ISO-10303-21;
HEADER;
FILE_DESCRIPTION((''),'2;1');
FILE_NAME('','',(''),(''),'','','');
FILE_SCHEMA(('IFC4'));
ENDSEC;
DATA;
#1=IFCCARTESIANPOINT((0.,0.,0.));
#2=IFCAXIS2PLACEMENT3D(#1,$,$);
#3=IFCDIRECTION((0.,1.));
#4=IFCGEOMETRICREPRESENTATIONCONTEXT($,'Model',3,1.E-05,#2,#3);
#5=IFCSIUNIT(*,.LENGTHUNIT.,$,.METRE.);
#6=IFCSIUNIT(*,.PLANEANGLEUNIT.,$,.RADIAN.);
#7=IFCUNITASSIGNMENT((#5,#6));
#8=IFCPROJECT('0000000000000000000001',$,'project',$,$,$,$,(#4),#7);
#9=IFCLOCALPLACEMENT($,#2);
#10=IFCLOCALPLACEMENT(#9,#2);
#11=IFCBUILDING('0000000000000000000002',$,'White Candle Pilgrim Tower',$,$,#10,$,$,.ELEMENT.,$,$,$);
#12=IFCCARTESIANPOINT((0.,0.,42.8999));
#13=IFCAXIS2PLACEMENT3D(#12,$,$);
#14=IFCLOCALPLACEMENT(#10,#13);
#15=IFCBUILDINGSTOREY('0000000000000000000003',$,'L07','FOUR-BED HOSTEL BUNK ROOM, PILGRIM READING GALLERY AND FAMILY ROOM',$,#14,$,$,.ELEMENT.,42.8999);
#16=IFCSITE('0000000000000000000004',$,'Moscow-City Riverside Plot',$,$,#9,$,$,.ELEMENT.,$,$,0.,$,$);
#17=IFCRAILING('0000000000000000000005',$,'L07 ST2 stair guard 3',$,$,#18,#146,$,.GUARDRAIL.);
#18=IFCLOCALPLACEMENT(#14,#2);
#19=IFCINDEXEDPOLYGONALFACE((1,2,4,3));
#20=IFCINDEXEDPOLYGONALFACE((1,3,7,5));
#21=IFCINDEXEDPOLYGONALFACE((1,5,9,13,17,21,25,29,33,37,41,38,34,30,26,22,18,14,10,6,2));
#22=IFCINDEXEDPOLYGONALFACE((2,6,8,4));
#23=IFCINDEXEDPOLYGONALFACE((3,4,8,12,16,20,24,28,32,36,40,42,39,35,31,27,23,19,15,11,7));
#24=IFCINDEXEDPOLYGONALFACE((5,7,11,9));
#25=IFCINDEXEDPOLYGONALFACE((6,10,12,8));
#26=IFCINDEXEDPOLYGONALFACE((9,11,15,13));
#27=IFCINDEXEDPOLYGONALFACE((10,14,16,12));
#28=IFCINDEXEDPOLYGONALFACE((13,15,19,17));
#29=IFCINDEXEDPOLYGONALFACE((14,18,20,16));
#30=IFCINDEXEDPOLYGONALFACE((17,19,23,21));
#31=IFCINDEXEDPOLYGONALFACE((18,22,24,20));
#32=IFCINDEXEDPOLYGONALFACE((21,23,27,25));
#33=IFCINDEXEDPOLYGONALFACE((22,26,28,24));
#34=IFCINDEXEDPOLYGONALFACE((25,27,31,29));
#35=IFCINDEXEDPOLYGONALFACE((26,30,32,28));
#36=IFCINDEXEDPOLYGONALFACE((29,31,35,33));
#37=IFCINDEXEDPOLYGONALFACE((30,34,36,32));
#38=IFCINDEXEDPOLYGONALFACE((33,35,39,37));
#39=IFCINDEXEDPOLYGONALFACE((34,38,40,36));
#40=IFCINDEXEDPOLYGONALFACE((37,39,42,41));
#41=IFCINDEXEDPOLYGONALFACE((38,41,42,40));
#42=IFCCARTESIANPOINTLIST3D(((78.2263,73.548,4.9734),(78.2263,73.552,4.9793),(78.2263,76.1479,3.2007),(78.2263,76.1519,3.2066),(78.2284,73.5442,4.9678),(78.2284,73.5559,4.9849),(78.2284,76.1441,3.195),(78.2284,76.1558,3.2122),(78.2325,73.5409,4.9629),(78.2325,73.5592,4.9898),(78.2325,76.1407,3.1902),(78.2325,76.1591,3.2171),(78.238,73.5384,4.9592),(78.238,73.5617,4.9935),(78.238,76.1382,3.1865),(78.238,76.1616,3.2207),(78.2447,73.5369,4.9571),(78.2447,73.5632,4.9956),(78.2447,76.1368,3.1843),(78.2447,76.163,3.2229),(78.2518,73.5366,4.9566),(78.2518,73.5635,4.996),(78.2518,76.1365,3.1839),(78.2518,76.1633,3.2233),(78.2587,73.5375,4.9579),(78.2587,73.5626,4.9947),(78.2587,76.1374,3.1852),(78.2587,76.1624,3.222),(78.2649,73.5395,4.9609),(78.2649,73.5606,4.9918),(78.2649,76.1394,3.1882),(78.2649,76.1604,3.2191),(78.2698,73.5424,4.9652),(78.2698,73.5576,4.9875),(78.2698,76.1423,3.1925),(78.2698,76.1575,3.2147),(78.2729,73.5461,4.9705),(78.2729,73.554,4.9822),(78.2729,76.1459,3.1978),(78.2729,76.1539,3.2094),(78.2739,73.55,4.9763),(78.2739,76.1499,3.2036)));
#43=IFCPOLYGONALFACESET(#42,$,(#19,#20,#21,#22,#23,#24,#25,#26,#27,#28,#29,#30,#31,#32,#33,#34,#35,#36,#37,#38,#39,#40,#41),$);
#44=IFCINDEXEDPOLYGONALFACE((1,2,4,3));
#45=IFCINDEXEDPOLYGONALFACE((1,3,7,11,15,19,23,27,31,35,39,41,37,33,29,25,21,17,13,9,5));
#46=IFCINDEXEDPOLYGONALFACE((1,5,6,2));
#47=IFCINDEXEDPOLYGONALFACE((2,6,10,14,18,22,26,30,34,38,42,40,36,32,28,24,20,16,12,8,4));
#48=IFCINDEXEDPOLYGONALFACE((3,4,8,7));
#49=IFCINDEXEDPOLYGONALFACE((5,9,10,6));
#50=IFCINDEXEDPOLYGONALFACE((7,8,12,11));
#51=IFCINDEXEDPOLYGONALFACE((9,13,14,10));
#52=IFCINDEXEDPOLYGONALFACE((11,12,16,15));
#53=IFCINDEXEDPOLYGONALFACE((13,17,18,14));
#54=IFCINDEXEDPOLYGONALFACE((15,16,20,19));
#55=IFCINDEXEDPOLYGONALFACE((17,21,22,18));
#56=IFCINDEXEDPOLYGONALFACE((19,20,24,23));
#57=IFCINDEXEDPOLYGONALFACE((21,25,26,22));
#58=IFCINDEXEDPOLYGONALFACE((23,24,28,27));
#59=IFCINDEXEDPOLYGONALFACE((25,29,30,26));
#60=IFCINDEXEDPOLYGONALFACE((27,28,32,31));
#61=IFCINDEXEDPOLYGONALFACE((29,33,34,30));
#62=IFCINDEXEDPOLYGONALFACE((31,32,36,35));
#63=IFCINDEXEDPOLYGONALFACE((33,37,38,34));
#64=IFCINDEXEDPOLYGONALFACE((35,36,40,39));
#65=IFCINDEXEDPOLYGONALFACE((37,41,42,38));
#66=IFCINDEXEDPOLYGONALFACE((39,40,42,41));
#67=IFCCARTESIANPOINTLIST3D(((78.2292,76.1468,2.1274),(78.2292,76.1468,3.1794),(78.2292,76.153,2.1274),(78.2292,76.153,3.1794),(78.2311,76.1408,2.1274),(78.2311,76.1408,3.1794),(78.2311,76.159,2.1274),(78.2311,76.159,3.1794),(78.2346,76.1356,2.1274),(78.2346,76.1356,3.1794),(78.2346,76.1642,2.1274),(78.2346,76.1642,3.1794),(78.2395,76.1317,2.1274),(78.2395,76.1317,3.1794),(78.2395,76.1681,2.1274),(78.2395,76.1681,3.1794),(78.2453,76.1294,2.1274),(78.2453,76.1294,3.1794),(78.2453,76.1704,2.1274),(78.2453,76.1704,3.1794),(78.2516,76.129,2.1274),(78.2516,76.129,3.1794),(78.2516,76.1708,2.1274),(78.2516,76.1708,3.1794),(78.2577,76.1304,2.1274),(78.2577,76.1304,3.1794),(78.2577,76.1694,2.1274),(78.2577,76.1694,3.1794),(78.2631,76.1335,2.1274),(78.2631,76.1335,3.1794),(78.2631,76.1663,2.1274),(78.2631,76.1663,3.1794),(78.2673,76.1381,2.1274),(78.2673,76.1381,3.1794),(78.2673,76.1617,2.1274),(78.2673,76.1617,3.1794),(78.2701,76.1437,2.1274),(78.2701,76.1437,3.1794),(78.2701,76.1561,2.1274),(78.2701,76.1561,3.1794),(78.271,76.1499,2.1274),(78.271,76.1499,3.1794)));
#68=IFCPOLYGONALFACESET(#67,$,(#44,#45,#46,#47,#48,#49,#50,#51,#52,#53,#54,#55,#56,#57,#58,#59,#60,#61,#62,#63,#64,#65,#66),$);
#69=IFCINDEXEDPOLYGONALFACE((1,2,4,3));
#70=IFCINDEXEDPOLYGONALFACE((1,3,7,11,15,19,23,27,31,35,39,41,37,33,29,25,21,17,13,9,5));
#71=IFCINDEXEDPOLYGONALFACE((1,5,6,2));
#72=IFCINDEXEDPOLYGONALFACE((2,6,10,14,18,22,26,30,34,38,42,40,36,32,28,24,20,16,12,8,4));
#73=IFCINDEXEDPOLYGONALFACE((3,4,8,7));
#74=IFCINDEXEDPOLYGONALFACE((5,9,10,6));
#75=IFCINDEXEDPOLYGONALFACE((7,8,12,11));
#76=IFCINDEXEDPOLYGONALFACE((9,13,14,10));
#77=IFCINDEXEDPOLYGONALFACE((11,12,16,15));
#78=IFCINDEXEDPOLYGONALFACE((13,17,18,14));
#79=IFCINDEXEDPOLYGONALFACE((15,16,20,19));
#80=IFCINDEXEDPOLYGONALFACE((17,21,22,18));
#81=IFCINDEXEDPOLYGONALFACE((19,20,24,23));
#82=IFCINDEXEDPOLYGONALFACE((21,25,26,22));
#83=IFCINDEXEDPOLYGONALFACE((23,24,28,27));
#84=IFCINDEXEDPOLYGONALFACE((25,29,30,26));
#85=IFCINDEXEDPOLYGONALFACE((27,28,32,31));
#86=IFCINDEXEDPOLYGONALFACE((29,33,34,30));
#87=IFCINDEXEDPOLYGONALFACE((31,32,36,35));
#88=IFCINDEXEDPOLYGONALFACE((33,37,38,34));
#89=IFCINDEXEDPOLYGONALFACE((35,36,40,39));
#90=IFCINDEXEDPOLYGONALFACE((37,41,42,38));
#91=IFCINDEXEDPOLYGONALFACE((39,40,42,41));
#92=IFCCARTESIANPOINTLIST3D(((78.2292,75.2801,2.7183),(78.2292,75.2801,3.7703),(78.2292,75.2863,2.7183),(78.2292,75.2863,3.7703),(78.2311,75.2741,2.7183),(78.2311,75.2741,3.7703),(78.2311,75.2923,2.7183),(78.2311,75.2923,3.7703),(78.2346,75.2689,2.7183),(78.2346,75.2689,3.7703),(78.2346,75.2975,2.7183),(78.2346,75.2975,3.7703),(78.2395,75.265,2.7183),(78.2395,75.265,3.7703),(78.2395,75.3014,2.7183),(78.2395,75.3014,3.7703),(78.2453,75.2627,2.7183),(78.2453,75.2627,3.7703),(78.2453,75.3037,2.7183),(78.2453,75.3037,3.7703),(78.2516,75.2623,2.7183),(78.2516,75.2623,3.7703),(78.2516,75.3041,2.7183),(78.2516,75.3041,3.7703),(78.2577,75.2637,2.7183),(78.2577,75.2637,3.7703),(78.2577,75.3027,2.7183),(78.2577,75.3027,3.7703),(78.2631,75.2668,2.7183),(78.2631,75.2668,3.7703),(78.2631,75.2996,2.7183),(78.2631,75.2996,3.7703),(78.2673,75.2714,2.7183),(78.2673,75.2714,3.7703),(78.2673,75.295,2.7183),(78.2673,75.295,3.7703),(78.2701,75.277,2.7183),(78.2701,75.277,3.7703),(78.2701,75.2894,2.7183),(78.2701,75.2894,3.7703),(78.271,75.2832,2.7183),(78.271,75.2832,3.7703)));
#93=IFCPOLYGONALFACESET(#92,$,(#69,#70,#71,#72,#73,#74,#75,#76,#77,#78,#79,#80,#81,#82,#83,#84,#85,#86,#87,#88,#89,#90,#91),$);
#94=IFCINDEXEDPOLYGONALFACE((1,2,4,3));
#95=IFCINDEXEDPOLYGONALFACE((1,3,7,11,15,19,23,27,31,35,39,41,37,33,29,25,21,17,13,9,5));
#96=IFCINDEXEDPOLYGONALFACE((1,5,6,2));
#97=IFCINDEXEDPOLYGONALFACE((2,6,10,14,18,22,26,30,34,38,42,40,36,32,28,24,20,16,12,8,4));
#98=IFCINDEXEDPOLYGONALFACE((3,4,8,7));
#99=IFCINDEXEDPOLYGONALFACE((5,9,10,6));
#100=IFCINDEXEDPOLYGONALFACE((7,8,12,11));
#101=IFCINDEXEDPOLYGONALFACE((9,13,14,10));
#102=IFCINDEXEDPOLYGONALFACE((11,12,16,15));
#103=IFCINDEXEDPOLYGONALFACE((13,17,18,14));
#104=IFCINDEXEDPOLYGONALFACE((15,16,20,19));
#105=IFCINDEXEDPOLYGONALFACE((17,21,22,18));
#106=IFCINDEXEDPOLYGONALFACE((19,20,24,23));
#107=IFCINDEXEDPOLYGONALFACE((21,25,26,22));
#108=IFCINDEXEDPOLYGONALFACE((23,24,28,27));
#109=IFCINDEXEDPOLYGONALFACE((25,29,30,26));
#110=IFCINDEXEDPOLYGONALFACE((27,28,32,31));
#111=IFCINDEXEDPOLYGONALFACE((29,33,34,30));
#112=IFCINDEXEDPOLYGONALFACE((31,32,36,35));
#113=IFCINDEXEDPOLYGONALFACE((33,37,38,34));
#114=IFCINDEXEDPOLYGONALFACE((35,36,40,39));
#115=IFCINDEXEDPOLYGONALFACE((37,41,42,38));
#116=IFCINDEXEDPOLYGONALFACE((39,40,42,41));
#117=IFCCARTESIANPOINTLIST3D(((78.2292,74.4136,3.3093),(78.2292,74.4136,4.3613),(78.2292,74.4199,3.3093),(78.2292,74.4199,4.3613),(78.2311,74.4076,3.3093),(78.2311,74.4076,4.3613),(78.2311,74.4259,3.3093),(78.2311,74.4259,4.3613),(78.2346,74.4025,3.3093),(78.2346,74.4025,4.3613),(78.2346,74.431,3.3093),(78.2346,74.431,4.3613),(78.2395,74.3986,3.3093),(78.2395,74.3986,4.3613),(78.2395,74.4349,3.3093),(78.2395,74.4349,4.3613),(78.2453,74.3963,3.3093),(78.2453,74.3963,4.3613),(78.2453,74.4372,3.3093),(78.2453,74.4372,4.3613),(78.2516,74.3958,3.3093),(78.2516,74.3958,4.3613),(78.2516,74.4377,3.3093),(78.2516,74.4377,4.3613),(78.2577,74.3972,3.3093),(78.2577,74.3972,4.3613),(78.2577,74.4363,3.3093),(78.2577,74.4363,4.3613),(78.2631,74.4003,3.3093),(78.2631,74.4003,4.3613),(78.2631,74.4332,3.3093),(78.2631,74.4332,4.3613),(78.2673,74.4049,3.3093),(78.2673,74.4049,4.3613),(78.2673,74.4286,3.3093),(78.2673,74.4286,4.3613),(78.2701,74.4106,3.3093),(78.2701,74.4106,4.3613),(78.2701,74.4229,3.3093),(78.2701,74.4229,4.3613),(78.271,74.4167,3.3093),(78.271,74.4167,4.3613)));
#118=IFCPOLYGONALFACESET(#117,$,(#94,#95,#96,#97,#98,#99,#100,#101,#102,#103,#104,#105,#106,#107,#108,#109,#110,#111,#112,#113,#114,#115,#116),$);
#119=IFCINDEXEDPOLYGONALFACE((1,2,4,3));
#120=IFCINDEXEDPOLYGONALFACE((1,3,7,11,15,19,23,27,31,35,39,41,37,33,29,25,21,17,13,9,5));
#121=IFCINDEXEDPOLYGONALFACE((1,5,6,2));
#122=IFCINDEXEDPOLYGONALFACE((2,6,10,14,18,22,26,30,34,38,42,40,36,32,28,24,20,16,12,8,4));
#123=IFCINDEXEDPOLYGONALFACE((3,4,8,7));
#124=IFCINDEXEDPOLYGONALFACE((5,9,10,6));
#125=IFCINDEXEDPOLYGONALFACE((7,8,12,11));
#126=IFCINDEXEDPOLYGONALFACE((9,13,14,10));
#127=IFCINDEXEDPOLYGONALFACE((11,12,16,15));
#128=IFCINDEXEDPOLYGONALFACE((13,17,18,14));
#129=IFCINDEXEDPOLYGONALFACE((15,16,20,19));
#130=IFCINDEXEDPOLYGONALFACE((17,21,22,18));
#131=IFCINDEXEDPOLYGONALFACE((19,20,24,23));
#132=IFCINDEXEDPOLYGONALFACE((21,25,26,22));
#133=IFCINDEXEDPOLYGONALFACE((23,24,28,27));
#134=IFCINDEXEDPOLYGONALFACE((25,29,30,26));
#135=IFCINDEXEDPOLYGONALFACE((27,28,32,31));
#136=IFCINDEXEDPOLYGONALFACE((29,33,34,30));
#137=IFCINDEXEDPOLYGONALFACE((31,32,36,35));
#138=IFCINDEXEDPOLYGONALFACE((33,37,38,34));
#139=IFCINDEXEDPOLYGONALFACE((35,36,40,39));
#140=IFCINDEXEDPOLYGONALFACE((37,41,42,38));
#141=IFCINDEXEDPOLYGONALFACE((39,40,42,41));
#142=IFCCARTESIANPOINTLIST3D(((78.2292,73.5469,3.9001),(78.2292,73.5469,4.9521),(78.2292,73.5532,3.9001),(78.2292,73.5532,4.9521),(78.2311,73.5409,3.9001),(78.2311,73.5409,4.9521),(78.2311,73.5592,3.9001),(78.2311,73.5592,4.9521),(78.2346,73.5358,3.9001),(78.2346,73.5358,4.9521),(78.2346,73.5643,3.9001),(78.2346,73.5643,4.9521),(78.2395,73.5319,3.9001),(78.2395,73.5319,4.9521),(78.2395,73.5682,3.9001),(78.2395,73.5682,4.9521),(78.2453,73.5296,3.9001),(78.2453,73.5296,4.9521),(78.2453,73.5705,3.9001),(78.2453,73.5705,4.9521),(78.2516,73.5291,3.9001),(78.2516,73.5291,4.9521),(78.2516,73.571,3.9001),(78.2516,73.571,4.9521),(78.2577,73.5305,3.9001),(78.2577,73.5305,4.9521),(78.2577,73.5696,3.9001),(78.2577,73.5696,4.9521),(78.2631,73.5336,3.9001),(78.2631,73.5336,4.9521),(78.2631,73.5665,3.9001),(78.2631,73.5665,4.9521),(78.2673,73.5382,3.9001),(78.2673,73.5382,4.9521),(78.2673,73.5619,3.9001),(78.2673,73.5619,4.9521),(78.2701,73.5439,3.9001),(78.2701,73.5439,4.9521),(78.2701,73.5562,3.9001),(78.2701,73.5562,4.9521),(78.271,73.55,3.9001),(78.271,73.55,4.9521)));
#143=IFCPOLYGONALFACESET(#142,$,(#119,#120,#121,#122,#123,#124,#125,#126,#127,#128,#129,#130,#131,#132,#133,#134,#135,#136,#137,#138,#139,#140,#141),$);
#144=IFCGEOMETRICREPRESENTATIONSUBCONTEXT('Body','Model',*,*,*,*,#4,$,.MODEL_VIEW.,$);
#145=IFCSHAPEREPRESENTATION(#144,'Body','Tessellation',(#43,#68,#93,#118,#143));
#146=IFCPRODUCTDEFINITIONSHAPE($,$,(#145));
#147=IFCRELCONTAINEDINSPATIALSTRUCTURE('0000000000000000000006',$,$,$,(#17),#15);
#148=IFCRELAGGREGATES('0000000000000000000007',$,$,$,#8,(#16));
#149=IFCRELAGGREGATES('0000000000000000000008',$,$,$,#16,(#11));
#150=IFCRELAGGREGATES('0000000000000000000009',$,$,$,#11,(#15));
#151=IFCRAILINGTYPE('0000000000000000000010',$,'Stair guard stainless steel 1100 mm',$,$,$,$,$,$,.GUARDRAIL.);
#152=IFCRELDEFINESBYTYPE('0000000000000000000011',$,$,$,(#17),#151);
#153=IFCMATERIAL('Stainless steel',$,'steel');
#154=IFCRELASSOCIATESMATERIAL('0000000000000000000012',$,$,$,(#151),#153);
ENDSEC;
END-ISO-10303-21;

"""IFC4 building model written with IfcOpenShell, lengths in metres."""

from ifc_helpers import new_model, si_unit, direction, frame, origin, origin_2d, place, context, subcontext, project, spatial, circle, extrude, material, type_object, element, save


model = new_model("IFC4")

# Units and contexts
model_context = context("Model", 3, precision=1e-05, world=origin(), true_north=direction((0.0, 1.0)))
body_context = subcontext(model_context, "Body", "Model", "MODEL_VIEW")
ifc_project = project(units=[si_unit("LENGTHUNIT", "METRE"), si_unit("PLANEANGLEUNIT", "RADIAN")], contexts=[model_context])

# Site, building, storey
site_placement = place(None, origin())
site = spatial("IfcSite", under=ifc_project, at=site_placement, Name="Moscow-City Riverside Plot", CompositionType="ELEMENT", RefElevation=0.0)
building_placement = place(site_placement, origin())
building = spatial("IfcBuilding", under=site, at=building_placement, Name="White Candle Pilgrim Tower", CompositionType="ELEMENT")
storey_placement = place(building_placement, frame((0.0, 0.0, 42.8999)))
storey = spatial("IfcBuildingStorey", under=building, at=storey_placement, Name="L07", Description="FOUR-BED HOSTEL BUNK ROOM, PILGRIM READING GALLERY AND FAMILY ROOM", CompositionType="ELEMENT", Elevation=42.8999)

# Railing
ifc_material_1 = material(Name="Stainless steel", Category="steel")
railing_type_1 = type_object("IfcRailingType", Name="Stair guard stainless steel 1100 mm", PredefinedType="GUARDRAIL", material=ifc_material_1)
railing_1_placement = place(storey_placement, frame((78.25, 76.1499, 2.1274)))
element("IfcRailing", 1, at=railing_1_placement, inside=storey, type_object=railing_type_1, Name="L07 ST2 stair guard 3", PredefinedType="GUARDRAIL", context=body_context, shape_type="SweptSolid", body=[
    extrude(circle(Radius=0.0239, at=origin_2d()), frame((0.0, 0.0, 1.0762), z_axis=(0.0, -0.826216, 0.563354), x_axis=(1.0, 0.0, 0.0)), (0.0, 0.0, 1.0), 3.1467),
    extrude(circle(Radius=0.021, at=origin_2d()), origin(), (0.0, 0.0, 1.0), 1.052),
    extrude(circle(Radius=0.021, at=origin_2d()), frame((0.0, -0.8667, 0.5908)), (0.0, 0.0, 1.0), 1.052),
    extrude(circle(Radius=0.021, at=origin_2d()), frame((0.0, -1.7332, 1.1819)), (0.0, 0.0, 1.0), 1.052),
    extrude(circle(Radius=0.021, at=origin_2d()), frame((0.0, -2.5999, 1.7727)), (0.0, 0.0, 1.0), 1.052),
])

save(model, "model.ifc")
